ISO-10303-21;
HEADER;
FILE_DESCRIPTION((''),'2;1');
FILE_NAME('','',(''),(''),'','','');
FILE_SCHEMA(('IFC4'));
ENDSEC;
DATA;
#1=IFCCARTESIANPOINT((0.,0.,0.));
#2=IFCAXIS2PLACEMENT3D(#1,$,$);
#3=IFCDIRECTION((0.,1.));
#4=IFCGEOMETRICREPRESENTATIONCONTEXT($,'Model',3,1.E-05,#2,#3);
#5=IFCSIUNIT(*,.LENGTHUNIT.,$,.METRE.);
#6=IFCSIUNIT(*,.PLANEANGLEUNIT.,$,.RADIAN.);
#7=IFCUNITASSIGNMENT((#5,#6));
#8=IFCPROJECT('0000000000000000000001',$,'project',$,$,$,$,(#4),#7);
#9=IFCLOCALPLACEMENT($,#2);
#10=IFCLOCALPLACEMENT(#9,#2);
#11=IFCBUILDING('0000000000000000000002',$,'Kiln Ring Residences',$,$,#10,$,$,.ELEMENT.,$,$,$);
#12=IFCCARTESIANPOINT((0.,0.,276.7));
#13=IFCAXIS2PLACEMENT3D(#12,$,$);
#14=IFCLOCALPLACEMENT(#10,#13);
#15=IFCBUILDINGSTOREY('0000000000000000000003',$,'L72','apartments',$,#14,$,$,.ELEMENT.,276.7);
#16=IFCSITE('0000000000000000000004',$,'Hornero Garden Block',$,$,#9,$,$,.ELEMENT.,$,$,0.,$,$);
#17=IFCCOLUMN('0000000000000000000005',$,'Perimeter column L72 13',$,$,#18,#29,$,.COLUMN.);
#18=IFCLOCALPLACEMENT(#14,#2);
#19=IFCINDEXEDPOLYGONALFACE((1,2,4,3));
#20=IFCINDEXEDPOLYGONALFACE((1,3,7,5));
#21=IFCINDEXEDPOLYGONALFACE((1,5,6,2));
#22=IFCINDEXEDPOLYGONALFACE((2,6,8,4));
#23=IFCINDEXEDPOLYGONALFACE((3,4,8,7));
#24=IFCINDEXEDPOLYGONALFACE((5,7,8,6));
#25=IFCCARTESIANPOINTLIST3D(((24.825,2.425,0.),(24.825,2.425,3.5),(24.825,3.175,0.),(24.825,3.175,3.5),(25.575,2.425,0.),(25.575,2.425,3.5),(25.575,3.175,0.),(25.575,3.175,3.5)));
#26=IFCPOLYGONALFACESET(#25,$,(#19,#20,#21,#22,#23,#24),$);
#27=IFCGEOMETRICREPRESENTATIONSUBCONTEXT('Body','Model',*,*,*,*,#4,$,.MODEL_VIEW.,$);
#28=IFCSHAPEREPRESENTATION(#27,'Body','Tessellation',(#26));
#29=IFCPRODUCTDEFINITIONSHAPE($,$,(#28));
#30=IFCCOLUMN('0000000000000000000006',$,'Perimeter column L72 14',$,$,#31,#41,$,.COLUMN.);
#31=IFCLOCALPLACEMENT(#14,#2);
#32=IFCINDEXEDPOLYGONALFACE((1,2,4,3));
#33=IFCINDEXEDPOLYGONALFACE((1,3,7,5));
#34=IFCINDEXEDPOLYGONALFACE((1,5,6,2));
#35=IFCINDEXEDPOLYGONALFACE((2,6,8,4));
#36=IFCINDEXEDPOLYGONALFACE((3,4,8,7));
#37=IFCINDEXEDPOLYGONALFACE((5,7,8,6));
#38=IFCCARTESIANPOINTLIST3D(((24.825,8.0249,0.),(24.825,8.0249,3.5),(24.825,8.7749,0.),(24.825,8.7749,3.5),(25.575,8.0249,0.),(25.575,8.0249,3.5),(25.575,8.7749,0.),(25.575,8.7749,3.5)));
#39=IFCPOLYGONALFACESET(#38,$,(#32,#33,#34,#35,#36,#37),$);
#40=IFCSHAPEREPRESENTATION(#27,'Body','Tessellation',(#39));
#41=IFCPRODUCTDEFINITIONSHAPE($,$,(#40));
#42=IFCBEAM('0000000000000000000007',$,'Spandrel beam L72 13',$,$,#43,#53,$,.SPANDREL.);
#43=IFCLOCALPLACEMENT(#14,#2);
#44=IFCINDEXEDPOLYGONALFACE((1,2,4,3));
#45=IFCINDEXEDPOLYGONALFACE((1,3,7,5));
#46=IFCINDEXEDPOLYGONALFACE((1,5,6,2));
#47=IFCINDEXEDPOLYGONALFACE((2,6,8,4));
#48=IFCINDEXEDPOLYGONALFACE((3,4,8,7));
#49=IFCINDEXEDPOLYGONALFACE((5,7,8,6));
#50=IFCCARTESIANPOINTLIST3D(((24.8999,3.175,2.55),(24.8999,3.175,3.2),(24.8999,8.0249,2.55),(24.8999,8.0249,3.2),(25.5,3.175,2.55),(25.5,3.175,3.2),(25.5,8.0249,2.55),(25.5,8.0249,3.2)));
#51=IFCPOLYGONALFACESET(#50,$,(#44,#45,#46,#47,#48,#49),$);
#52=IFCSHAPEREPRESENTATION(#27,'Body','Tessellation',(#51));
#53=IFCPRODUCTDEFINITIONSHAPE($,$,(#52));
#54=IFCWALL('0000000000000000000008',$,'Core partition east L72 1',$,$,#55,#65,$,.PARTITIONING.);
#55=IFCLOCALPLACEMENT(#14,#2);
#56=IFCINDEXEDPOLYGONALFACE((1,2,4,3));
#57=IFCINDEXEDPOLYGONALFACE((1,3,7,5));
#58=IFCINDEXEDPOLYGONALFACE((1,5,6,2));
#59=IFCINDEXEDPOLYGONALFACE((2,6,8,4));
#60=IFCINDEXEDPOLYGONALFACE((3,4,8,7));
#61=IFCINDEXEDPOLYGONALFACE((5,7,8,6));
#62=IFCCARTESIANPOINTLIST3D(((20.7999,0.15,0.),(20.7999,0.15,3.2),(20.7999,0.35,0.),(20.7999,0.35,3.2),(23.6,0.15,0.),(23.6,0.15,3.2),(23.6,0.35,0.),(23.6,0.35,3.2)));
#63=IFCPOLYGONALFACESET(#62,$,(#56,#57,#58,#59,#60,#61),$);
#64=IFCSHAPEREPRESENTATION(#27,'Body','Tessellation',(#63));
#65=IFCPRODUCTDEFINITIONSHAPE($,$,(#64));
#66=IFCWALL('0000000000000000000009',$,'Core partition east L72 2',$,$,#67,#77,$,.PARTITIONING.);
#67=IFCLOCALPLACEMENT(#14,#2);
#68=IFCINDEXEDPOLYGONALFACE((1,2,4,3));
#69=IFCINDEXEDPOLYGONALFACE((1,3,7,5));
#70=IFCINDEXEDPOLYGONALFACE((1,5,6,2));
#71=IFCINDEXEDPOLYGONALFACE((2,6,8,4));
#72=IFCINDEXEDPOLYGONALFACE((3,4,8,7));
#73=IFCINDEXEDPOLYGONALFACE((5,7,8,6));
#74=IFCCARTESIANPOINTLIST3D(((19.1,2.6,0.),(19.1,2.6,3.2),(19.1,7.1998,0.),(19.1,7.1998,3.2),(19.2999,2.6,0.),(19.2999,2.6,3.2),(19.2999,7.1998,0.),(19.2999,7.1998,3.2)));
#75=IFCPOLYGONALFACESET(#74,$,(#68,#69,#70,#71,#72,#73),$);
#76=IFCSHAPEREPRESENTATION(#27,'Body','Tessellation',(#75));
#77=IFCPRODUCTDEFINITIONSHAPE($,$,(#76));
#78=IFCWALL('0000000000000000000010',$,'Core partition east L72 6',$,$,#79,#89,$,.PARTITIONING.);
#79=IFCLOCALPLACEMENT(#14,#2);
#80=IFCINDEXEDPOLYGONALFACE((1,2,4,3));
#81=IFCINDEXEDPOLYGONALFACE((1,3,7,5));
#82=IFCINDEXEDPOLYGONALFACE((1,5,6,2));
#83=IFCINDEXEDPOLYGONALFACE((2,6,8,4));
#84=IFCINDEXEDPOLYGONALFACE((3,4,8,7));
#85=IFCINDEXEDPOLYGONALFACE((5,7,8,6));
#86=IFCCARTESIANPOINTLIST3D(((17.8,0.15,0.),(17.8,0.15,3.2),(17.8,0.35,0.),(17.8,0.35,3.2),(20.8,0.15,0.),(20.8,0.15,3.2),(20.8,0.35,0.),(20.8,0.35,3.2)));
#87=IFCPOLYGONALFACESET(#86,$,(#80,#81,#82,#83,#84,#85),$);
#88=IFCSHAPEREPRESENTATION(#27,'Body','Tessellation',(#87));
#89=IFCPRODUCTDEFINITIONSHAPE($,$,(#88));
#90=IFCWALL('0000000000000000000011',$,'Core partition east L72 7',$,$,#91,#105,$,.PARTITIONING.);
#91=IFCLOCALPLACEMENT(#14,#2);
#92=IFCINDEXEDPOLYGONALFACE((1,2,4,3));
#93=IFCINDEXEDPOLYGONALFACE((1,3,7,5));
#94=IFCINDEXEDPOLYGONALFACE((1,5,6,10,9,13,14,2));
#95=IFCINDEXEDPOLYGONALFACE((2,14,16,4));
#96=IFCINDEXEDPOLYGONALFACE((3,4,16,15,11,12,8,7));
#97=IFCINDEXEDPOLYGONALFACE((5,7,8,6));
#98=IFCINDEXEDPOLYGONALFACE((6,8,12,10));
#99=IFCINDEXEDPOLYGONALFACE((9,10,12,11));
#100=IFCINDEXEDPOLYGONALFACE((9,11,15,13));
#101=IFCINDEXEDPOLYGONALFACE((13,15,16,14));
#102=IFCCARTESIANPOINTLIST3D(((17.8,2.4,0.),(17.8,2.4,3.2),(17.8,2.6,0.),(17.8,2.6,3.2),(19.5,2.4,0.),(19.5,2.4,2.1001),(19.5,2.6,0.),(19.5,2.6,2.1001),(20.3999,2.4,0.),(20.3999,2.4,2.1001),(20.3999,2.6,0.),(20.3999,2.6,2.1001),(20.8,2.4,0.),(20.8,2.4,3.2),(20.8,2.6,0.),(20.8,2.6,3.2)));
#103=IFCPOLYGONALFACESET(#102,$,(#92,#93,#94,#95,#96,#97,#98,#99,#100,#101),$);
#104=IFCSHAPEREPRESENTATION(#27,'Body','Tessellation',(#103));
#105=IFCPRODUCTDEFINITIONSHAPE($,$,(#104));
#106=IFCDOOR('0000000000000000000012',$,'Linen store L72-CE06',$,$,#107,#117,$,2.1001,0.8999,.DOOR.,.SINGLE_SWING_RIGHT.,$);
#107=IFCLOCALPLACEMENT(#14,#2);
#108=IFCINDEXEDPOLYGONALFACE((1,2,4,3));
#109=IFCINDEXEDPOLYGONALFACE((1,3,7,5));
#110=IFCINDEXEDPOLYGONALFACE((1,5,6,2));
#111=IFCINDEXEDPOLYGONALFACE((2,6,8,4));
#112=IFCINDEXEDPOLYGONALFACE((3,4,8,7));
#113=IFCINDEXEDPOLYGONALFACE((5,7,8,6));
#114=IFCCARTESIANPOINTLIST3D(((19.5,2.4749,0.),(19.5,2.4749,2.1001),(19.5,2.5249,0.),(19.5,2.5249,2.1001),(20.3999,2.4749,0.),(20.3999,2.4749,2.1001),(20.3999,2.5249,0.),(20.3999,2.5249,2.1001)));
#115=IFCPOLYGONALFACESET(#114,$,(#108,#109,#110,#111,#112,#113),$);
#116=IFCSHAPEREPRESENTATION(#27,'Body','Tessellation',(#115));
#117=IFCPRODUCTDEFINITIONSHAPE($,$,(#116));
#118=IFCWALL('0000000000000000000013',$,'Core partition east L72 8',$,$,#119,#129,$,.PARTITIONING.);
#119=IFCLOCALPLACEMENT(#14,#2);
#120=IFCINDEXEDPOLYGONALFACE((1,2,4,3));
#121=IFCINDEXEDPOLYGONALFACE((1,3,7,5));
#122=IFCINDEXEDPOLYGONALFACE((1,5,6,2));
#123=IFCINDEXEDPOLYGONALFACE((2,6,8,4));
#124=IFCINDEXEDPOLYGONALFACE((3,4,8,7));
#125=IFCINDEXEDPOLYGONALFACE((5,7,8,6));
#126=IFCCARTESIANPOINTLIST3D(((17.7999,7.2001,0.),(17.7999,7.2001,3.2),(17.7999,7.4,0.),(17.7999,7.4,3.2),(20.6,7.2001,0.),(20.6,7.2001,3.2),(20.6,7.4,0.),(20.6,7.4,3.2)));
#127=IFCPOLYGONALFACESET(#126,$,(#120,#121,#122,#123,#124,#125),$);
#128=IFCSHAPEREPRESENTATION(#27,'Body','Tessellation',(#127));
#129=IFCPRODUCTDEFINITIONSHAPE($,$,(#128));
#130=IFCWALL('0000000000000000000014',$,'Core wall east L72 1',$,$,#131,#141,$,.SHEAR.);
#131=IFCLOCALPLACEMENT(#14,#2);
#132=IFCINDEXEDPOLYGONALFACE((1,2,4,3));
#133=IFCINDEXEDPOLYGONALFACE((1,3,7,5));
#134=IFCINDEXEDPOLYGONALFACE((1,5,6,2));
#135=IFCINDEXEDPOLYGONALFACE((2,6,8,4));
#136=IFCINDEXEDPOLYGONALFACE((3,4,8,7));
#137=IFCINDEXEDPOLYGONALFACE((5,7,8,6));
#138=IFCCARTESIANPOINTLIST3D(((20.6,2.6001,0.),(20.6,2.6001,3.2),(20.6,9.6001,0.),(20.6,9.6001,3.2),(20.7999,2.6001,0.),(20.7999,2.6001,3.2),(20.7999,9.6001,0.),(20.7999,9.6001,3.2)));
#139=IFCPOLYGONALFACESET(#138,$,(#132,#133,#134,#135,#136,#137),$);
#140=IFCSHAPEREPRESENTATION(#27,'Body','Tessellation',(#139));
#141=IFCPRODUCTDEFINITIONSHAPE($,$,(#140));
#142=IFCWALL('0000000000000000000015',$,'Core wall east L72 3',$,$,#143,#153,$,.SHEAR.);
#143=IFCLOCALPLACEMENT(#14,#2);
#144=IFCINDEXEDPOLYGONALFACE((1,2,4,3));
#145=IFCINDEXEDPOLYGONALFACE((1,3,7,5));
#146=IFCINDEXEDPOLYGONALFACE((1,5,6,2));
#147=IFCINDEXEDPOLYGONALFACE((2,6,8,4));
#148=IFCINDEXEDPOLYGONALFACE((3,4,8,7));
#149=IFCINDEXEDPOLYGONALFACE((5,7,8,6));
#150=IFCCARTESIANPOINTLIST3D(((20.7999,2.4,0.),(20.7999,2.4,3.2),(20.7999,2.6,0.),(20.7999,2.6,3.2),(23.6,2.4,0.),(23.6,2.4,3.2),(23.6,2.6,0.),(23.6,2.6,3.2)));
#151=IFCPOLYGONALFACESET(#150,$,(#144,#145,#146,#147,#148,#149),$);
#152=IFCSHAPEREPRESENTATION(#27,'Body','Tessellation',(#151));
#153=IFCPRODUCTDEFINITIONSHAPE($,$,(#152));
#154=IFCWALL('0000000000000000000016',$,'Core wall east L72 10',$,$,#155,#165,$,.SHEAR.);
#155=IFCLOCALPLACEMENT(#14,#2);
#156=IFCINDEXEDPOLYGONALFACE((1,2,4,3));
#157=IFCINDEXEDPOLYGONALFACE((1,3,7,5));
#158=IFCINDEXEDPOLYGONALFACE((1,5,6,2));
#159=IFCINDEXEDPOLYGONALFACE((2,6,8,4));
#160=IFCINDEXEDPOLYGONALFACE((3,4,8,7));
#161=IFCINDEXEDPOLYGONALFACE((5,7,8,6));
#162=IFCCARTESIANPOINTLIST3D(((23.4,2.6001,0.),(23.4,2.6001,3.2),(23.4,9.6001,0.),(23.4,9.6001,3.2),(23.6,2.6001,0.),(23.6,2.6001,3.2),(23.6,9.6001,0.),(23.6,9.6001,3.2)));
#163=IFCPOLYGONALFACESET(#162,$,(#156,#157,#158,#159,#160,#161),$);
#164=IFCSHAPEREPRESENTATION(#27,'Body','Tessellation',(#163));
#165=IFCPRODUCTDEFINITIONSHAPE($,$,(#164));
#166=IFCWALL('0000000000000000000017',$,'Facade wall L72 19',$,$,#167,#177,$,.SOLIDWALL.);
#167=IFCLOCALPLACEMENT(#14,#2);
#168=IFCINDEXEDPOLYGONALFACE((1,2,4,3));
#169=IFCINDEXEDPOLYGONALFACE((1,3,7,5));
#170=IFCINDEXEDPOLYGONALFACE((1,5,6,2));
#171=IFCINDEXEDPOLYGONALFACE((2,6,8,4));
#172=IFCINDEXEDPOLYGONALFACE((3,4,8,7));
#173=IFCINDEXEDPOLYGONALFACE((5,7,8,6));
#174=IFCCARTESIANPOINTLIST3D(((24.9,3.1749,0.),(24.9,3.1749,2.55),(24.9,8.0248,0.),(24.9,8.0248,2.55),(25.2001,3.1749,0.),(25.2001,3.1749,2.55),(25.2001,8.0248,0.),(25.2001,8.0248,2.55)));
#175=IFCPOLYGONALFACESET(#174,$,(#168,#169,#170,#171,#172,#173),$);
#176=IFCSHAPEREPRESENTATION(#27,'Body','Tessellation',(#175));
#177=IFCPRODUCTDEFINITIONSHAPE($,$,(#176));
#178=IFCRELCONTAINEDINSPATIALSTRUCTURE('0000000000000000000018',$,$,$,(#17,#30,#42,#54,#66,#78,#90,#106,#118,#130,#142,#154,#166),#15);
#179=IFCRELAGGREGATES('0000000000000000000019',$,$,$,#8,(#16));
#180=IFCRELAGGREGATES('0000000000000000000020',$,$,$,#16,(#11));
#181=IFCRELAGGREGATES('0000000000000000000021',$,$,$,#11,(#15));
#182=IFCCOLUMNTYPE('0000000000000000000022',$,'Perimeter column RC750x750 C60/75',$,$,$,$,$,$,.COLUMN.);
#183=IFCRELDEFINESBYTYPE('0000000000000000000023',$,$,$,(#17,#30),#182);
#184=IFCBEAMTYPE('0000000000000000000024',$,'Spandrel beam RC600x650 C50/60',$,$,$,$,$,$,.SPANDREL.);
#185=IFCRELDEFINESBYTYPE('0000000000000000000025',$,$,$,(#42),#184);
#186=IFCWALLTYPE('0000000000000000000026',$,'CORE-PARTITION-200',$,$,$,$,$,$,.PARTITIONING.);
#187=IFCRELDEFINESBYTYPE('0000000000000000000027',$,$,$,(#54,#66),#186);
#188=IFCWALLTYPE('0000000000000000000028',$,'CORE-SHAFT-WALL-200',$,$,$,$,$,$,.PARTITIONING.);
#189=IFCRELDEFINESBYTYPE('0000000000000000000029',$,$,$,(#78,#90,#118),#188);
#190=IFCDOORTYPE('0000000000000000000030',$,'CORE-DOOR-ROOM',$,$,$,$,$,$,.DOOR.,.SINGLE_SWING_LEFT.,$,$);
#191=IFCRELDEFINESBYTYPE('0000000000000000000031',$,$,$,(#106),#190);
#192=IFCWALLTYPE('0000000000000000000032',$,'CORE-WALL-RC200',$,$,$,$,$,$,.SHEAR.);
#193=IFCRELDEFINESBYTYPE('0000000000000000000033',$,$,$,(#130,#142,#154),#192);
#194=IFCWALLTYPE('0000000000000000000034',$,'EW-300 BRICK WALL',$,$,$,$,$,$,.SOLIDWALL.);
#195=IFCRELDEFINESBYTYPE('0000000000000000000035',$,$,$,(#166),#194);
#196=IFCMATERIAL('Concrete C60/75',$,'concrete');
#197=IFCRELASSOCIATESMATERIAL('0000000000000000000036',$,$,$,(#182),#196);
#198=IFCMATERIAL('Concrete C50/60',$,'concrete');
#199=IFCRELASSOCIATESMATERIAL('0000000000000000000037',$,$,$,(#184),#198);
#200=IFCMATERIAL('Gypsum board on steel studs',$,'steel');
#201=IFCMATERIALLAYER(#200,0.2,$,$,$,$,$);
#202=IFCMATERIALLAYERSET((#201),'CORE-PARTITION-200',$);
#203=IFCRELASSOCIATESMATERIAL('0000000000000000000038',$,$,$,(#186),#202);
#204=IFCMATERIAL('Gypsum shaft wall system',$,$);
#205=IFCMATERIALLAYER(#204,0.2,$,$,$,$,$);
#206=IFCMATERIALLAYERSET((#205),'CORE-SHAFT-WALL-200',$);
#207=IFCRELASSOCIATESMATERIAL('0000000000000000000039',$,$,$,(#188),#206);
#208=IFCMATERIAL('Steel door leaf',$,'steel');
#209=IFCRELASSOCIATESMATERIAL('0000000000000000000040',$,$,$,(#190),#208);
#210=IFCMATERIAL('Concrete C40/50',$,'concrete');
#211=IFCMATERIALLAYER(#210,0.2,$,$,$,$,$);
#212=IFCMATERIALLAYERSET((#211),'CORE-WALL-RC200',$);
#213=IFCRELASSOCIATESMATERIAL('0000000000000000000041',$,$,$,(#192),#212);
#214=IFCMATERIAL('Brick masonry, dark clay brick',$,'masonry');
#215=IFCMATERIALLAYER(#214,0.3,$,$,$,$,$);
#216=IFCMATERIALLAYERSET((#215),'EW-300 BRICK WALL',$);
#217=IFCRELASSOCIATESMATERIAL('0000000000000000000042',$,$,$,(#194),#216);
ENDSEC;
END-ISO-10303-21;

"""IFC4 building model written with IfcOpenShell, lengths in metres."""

from ifc_helpers import new_model, si_unit, direction, frame, frame_2d, origin, origin_2d, place, context, subcontext, project, spatial, rectangle, extrude, material, layer, layer_set, material_profile, profile_set, type_object, element, fill, save


model = new_model("IFC4")

# Units and contexts
model_context = context("Model", 3, precision=1e-05, world=origin(), true_north=direction((0.0, 1.0)))
body_context = subcontext(model_context, "Body", "Model", "MODEL_VIEW")
ifc_project = project(units=[si_unit("LENGTHUNIT", "METRE"), si_unit("PLANEANGLEUNIT", "RADIAN")], contexts=[model_context])

# Site, building, storey
site_placement = place(None, origin())
site = spatial("IfcSite", under=ifc_project, at=site_placement, Name="Hornero Garden Block", CompositionType="ELEMENT", RefElevation=0.0)
building_placement = place(site_placement, origin())
building = spatial("IfcBuilding", under=site, at=building_placement, Name="Kiln Ring Residences", CompositionType="ELEMENT")
storey_placement = place(building_placement, frame((0.0, 0.0, 276.7)))
storey = spatial("IfcBuildingStorey", under=building, at=storey_placement, Name="L72", Description="apartments", CompositionType="ELEMENT", Elevation=276.7)

# Columns
ifc_material_1 = material(Name="Concrete C60/75", Category="concrete")
ifc_material_profile_1 = material_profile(ifc_material_1, rectangle(XDim=0.75, YDim=0.75, at=origin_2d()), Name="RC750x750")
ifc_profile_set_1 = profile_set([ifc_material_profile_1], Name="Concrete C60/75")
column_type = type_object("IfcColumnType", Name="Perimeter column RC750x750 C60/75", PredefinedType="COLUMN", material=ifc_profile_set_1)
for number, where, z_axis, x_axis, name in (
    (1, (25.2, 2.8, 0.0), (0.0, 0.0, 1.0), (1.0, 0.0, 0.0), "Perimeter column L72 13"),
    (2, (25.2, 8.3999, 0.0), (0.0, 0.0, 1.0), (1.0, 0.0, 0.0), "Perimeter column L72 14"),
):
    element("IfcColumn", number, at=place(storey_placement, frame(where, z_axis=z_axis, x_axis=x_axis)), inside=storey, type_object=column_type, Name=name, PredefinedType="COLUMN", context=body_context, shape_type="SweptSolid", body=[
        extrude(rectangle(XDim=0.75, YDim=0.75, at=origin_2d()), origin(), (0.0, 0.0, 1.0), 3.5),
    ])

# Beam
ifc_material_2 = material(Name="Concrete C50/60", Category="concrete")
ifc_material_profile_2 = material_profile(ifc_material_2, rectangle(XDim=0.6001, YDim=0.6499, at=origin_2d()), Name="RC600x650")
ifc_profile_set_2 = profile_set([ifc_material_profile_2], Name="Concrete C50/60")
beam_type = type_object("IfcBeamType", Name="Spandrel beam RC600x650 C50/60", PredefinedType="SPANDREL", material=ifc_profile_set_2)
beam_placement = place(storey_placement, frame((25.2, 3.175, 2.875), z_axis=(0.0, 1.0, 0.0), x_axis=(-1.0, 0.0, 0.0)))
element("IfcBeam", 3, at=beam_placement, inside=storey, type_object=beam_type, Name="Spandrel beam L72 13", PredefinedType="SPANDREL", context=body_context, shape_type="SweptSolid", body=[
    extrude(rectangle(XDim=0.6001, YDim=0.6499, at=origin_2d()), origin(), (0.0, 0.0, 1.0), 4.8499),
])

# Walls
ifc_material_3 = material(Name="Gypsum board on steel studs", Category="steel")
ifc_layer_1 = layer(ifc_material_3, 0.2)
ifc_layer_set_1 = layer_set([ifc_layer_1], Name="CORE-PARTITION-200")
wall_type_1 = type_object("IfcWallType", Name="CORE-PARTITION-200", PredefinedType="PARTITIONING", material=ifc_layer_set_1)
wall_1_placement = place(storey_placement, frame((20.8, 0.25, 0.0), z_axis=(0.0, 0.0, 1.0), x_axis=(1.0, 0.0, 0.0)))
element("IfcWall", 4, at=wall_1_placement, inside=storey, type_object=wall_type_1, Name="Core partition east L72 1", PredefinedType="PARTITIONING", context=body_context, shape_type="SweptSolid", body=[
    extrude(rectangle(XDim=2.8, YDim=0.2, at=frame_2d((1.3999, 0.0))), origin(), (0.0, 0.0, 1.0), 3.2),
])
wall_2_placement = place(storey_placement, frame((19.2, 2.6001, 0.0), z_axis=(0.0, 0.0, 1.0), x_axis=(0.0, 1.0, 0.0)))
element("IfcWall", 5, at=wall_2_placement, inside=storey, type_object=wall_type_1, Name="Core partition east L72 2", PredefinedType="PARTITIONING", context=body_context, shape_type="SweptSolid", body=[
    extrude(rectangle(XDim=4.5999, YDim=0.2, at=frame_2d((2.2998, 0.0))), origin(), (0.0, 0.0, 1.0), 3.2),
])
ifc_material_4 = material(Name="Gypsum shaft wall system")
ifc_layer_2 = layer(ifc_material_4, 0.2)
ifc_layer_set_2 = layer_set([ifc_layer_2], Name="CORE-SHAFT-WALL-200")
wall_type_2 = type_object("IfcWallType", Name="CORE-SHAFT-WALL-200", PredefinedType="PARTITIONING", material=ifc_layer_set_2)
wall_3_placement = place(storey_placement, frame((17.8, 0.25, 0.0), z_axis=(0.0, 0.0, 1.0), x_axis=(1.0, 0.0, 0.0)))
element("IfcWall", 6, at=wall_3_placement, inside=storey, type_object=wall_type_2, Name="Core partition east L72 6", PredefinedType="PARTITIONING", context=body_context, shape_type="SweptSolid", body=[
    extrude(rectangle(XDim=3.0, YDim=0.2, at=frame_2d((1.5, 0.0))), origin(), (0.0, 0.0, 1.0), 3.2),
])

# Wall, opening, door
wall_4_placement = place(storey_placement, frame((17.8, 2.5, 0.0), z_axis=(0.0, 0.0, 1.0), x_axis=(1.0, 0.0, 0.0)))
wall_4 = element("IfcWall", 7, at=wall_4_placement, inside=storey, type_object=wall_type_2, Name="Core partition east L72 7", PredefinedType="PARTITIONING", context=body_context, shape_type="SweptSolid", body=[
    extrude(rectangle(XDim=3.0, YDim=0.2, at=frame_2d((1.5, 0.0))), origin(), (0.0, 0.0, 1.0), 3.2),
])
opening_placement = place(wall_4_placement, frame((1.7, 0.0, 0.0)))
opening = element("IfcOpeningElement", 8, at=opening_placement, cuts=wall_4, PredefinedType="OPENING", context=body_context, shape_type="SweptSolid", body=[
    extrude(rectangle(XDim=0.8999, YDim=2.1001, at=frame_2d((0.45, 1.05))), frame((0.0, 0.1099, 0.0), z_axis=(0.0, -1.0, 0.0), x_axis=(1.0, 0.0, 0.0)), (0.0, 0.0, 1.0), 0.22),
])
ifc_material_5 = material(Name="Steel door leaf", Category="steel")
door_type = type_object("IfcDoorType", Name="CORE-DOOR-ROOM", OperationType="SINGLE_SWING_LEFT", PredefinedType="DOOR", material=ifc_material_5)
door_placement = place(opening_placement, origin())
door = element("IfcDoor", 9, at=door_placement, inside=storey, type_object=door_type, Name="Linen store L72-CE06", OperationType="SINGLE_SWING_RIGHT", OverallHeight=2.1001, OverallWidth=0.8999, PredefinedType="DOOR", context=body_context, shape_type="SweptSolid", body=[
    extrude(rectangle(XDim=0.8999, YDim=2.1001, at=frame_2d((0.45, 1.05))), frame((0.0, 0.0249, 0.0), z_axis=(0.0, -1.0, 0.0), x_axis=(1.0, 0.0, 0.0)), (0.0, 0.0, 1.0), 0.05),
])
fill(opening, door)

# Walls
wall_5_placement = place(storey_placement, frame((17.8, 7.3, 0.0), z_axis=(0.0, 0.0, 1.0), x_axis=(1.0, 0.0, 0.0)))
element("IfcWall", 10, at=wall_5_placement, inside=storey, type_object=wall_type_2, Name="Core partition east L72 8", PredefinedType="PARTITIONING", context=body_context, shape_type="SweptSolid", body=[
    extrude(rectangle(XDim=2.8, YDim=0.2, at=frame_2d((1.3999, 0.0))), origin(), (0.0, 0.0, 1.0), 3.2),
])
ifc_material_6 = material(Name="Concrete C40/50", Category="concrete")
ifc_layer_3 = layer(ifc_material_6, 0.2)
ifc_layer_set_3 = layer_set([ifc_layer_3], Name="CORE-WALL-RC200")
wall_type_3 = type_object("IfcWallType", Name="CORE-WALL-RC200", PredefinedType="SHEAR", material=ifc_layer_set_3)
wall_6_placement = place(storey_placement, frame((20.7, 2.6001, 0.0), z_axis=(0.0, 0.0, 1.0), x_axis=(0.0, 1.0, 0.0)))
element("IfcWall", 11, at=wall_6_placement, inside=storey, type_object=wall_type_3, Name="Core wall east L72 1", PredefinedType="SHEAR", context=body_context, shape_type="SweptSolid", body=[
    extrude(rectangle(XDim=7.0, YDim=0.2, at=frame_2d((3.5, 0.0))), origin(), (0.0, 0.0, 1.0), 3.2),
])
wall_7_placement = place(storey_placement, frame((20.8, 2.5, 0.0), z_axis=(0.0, 0.0, 1.0), x_axis=(1.0, 0.0, 0.0)))
element("IfcWall", 12, at=wall_7_placement, inside=storey, type_object=wall_type_3, Name="Core wall east L72 3", PredefinedType="SHEAR", context=body_context, shape_type="SweptSolid", body=[
    extrude(rectangle(XDim=2.8, YDim=0.2, at=frame_2d((1.3999, 0.0))), origin(), (0.0, 0.0, 1.0), 3.2),
])
wall_8_placement = place(storey_placement, frame((23.5, 2.6001, 0.0), z_axis=(0.0, 0.0, 1.0), x_axis=(0.0, 1.0, 0.0)))
element("IfcWall", 13, at=wall_8_placement, inside=storey, type_object=wall_type_3, Name="Core wall east L72 10", PredefinedType="SHEAR", context=body_context, shape_type="SweptSolid", body=[
    extrude(rectangle(XDim=7.0, YDim=0.2, at=frame_2d((3.5, 0.0))), origin(), (0.0, 0.0, 1.0), 3.2),
])
ifc_material_7 = material(Name="Brick masonry, dark clay brick", Category="masonry")
ifc_layer_4 = layer(ifc_material_7, 0.3)
ifc_layer_set_4 = layer_set([ifc_layer_4], Name="EW-300 BRICK WALL")
wall_type_4 = type_object("IfcWallType", Name="EW-300 BRICK WALL", PredefinedType="SOLIDWALL", material=ifc_layer_set_4)
wall_9_placement = place(storey_placement, frame((25.05, 3.175, 0.0), z_axis=(0.0, 0.0, 1.0), x_axis=(0.0, 1.0, 0.0)))
element("IfcWall", 14, at=wall_9_placement, inside=storey, type_object=wall_type_4, Name="Facade wall L72 19", PredefinedType="SOLIDWALL", context=body_context, shape_type="SweptSolid", body=[
    extrude(rectangle(XDim=4.8499, YDim=0.3, at=frame_2d((2.4248, 0.0))), origin(), (0.0, 0.0, 1.0), 2.55),
])

save(model, "model.ifc")
